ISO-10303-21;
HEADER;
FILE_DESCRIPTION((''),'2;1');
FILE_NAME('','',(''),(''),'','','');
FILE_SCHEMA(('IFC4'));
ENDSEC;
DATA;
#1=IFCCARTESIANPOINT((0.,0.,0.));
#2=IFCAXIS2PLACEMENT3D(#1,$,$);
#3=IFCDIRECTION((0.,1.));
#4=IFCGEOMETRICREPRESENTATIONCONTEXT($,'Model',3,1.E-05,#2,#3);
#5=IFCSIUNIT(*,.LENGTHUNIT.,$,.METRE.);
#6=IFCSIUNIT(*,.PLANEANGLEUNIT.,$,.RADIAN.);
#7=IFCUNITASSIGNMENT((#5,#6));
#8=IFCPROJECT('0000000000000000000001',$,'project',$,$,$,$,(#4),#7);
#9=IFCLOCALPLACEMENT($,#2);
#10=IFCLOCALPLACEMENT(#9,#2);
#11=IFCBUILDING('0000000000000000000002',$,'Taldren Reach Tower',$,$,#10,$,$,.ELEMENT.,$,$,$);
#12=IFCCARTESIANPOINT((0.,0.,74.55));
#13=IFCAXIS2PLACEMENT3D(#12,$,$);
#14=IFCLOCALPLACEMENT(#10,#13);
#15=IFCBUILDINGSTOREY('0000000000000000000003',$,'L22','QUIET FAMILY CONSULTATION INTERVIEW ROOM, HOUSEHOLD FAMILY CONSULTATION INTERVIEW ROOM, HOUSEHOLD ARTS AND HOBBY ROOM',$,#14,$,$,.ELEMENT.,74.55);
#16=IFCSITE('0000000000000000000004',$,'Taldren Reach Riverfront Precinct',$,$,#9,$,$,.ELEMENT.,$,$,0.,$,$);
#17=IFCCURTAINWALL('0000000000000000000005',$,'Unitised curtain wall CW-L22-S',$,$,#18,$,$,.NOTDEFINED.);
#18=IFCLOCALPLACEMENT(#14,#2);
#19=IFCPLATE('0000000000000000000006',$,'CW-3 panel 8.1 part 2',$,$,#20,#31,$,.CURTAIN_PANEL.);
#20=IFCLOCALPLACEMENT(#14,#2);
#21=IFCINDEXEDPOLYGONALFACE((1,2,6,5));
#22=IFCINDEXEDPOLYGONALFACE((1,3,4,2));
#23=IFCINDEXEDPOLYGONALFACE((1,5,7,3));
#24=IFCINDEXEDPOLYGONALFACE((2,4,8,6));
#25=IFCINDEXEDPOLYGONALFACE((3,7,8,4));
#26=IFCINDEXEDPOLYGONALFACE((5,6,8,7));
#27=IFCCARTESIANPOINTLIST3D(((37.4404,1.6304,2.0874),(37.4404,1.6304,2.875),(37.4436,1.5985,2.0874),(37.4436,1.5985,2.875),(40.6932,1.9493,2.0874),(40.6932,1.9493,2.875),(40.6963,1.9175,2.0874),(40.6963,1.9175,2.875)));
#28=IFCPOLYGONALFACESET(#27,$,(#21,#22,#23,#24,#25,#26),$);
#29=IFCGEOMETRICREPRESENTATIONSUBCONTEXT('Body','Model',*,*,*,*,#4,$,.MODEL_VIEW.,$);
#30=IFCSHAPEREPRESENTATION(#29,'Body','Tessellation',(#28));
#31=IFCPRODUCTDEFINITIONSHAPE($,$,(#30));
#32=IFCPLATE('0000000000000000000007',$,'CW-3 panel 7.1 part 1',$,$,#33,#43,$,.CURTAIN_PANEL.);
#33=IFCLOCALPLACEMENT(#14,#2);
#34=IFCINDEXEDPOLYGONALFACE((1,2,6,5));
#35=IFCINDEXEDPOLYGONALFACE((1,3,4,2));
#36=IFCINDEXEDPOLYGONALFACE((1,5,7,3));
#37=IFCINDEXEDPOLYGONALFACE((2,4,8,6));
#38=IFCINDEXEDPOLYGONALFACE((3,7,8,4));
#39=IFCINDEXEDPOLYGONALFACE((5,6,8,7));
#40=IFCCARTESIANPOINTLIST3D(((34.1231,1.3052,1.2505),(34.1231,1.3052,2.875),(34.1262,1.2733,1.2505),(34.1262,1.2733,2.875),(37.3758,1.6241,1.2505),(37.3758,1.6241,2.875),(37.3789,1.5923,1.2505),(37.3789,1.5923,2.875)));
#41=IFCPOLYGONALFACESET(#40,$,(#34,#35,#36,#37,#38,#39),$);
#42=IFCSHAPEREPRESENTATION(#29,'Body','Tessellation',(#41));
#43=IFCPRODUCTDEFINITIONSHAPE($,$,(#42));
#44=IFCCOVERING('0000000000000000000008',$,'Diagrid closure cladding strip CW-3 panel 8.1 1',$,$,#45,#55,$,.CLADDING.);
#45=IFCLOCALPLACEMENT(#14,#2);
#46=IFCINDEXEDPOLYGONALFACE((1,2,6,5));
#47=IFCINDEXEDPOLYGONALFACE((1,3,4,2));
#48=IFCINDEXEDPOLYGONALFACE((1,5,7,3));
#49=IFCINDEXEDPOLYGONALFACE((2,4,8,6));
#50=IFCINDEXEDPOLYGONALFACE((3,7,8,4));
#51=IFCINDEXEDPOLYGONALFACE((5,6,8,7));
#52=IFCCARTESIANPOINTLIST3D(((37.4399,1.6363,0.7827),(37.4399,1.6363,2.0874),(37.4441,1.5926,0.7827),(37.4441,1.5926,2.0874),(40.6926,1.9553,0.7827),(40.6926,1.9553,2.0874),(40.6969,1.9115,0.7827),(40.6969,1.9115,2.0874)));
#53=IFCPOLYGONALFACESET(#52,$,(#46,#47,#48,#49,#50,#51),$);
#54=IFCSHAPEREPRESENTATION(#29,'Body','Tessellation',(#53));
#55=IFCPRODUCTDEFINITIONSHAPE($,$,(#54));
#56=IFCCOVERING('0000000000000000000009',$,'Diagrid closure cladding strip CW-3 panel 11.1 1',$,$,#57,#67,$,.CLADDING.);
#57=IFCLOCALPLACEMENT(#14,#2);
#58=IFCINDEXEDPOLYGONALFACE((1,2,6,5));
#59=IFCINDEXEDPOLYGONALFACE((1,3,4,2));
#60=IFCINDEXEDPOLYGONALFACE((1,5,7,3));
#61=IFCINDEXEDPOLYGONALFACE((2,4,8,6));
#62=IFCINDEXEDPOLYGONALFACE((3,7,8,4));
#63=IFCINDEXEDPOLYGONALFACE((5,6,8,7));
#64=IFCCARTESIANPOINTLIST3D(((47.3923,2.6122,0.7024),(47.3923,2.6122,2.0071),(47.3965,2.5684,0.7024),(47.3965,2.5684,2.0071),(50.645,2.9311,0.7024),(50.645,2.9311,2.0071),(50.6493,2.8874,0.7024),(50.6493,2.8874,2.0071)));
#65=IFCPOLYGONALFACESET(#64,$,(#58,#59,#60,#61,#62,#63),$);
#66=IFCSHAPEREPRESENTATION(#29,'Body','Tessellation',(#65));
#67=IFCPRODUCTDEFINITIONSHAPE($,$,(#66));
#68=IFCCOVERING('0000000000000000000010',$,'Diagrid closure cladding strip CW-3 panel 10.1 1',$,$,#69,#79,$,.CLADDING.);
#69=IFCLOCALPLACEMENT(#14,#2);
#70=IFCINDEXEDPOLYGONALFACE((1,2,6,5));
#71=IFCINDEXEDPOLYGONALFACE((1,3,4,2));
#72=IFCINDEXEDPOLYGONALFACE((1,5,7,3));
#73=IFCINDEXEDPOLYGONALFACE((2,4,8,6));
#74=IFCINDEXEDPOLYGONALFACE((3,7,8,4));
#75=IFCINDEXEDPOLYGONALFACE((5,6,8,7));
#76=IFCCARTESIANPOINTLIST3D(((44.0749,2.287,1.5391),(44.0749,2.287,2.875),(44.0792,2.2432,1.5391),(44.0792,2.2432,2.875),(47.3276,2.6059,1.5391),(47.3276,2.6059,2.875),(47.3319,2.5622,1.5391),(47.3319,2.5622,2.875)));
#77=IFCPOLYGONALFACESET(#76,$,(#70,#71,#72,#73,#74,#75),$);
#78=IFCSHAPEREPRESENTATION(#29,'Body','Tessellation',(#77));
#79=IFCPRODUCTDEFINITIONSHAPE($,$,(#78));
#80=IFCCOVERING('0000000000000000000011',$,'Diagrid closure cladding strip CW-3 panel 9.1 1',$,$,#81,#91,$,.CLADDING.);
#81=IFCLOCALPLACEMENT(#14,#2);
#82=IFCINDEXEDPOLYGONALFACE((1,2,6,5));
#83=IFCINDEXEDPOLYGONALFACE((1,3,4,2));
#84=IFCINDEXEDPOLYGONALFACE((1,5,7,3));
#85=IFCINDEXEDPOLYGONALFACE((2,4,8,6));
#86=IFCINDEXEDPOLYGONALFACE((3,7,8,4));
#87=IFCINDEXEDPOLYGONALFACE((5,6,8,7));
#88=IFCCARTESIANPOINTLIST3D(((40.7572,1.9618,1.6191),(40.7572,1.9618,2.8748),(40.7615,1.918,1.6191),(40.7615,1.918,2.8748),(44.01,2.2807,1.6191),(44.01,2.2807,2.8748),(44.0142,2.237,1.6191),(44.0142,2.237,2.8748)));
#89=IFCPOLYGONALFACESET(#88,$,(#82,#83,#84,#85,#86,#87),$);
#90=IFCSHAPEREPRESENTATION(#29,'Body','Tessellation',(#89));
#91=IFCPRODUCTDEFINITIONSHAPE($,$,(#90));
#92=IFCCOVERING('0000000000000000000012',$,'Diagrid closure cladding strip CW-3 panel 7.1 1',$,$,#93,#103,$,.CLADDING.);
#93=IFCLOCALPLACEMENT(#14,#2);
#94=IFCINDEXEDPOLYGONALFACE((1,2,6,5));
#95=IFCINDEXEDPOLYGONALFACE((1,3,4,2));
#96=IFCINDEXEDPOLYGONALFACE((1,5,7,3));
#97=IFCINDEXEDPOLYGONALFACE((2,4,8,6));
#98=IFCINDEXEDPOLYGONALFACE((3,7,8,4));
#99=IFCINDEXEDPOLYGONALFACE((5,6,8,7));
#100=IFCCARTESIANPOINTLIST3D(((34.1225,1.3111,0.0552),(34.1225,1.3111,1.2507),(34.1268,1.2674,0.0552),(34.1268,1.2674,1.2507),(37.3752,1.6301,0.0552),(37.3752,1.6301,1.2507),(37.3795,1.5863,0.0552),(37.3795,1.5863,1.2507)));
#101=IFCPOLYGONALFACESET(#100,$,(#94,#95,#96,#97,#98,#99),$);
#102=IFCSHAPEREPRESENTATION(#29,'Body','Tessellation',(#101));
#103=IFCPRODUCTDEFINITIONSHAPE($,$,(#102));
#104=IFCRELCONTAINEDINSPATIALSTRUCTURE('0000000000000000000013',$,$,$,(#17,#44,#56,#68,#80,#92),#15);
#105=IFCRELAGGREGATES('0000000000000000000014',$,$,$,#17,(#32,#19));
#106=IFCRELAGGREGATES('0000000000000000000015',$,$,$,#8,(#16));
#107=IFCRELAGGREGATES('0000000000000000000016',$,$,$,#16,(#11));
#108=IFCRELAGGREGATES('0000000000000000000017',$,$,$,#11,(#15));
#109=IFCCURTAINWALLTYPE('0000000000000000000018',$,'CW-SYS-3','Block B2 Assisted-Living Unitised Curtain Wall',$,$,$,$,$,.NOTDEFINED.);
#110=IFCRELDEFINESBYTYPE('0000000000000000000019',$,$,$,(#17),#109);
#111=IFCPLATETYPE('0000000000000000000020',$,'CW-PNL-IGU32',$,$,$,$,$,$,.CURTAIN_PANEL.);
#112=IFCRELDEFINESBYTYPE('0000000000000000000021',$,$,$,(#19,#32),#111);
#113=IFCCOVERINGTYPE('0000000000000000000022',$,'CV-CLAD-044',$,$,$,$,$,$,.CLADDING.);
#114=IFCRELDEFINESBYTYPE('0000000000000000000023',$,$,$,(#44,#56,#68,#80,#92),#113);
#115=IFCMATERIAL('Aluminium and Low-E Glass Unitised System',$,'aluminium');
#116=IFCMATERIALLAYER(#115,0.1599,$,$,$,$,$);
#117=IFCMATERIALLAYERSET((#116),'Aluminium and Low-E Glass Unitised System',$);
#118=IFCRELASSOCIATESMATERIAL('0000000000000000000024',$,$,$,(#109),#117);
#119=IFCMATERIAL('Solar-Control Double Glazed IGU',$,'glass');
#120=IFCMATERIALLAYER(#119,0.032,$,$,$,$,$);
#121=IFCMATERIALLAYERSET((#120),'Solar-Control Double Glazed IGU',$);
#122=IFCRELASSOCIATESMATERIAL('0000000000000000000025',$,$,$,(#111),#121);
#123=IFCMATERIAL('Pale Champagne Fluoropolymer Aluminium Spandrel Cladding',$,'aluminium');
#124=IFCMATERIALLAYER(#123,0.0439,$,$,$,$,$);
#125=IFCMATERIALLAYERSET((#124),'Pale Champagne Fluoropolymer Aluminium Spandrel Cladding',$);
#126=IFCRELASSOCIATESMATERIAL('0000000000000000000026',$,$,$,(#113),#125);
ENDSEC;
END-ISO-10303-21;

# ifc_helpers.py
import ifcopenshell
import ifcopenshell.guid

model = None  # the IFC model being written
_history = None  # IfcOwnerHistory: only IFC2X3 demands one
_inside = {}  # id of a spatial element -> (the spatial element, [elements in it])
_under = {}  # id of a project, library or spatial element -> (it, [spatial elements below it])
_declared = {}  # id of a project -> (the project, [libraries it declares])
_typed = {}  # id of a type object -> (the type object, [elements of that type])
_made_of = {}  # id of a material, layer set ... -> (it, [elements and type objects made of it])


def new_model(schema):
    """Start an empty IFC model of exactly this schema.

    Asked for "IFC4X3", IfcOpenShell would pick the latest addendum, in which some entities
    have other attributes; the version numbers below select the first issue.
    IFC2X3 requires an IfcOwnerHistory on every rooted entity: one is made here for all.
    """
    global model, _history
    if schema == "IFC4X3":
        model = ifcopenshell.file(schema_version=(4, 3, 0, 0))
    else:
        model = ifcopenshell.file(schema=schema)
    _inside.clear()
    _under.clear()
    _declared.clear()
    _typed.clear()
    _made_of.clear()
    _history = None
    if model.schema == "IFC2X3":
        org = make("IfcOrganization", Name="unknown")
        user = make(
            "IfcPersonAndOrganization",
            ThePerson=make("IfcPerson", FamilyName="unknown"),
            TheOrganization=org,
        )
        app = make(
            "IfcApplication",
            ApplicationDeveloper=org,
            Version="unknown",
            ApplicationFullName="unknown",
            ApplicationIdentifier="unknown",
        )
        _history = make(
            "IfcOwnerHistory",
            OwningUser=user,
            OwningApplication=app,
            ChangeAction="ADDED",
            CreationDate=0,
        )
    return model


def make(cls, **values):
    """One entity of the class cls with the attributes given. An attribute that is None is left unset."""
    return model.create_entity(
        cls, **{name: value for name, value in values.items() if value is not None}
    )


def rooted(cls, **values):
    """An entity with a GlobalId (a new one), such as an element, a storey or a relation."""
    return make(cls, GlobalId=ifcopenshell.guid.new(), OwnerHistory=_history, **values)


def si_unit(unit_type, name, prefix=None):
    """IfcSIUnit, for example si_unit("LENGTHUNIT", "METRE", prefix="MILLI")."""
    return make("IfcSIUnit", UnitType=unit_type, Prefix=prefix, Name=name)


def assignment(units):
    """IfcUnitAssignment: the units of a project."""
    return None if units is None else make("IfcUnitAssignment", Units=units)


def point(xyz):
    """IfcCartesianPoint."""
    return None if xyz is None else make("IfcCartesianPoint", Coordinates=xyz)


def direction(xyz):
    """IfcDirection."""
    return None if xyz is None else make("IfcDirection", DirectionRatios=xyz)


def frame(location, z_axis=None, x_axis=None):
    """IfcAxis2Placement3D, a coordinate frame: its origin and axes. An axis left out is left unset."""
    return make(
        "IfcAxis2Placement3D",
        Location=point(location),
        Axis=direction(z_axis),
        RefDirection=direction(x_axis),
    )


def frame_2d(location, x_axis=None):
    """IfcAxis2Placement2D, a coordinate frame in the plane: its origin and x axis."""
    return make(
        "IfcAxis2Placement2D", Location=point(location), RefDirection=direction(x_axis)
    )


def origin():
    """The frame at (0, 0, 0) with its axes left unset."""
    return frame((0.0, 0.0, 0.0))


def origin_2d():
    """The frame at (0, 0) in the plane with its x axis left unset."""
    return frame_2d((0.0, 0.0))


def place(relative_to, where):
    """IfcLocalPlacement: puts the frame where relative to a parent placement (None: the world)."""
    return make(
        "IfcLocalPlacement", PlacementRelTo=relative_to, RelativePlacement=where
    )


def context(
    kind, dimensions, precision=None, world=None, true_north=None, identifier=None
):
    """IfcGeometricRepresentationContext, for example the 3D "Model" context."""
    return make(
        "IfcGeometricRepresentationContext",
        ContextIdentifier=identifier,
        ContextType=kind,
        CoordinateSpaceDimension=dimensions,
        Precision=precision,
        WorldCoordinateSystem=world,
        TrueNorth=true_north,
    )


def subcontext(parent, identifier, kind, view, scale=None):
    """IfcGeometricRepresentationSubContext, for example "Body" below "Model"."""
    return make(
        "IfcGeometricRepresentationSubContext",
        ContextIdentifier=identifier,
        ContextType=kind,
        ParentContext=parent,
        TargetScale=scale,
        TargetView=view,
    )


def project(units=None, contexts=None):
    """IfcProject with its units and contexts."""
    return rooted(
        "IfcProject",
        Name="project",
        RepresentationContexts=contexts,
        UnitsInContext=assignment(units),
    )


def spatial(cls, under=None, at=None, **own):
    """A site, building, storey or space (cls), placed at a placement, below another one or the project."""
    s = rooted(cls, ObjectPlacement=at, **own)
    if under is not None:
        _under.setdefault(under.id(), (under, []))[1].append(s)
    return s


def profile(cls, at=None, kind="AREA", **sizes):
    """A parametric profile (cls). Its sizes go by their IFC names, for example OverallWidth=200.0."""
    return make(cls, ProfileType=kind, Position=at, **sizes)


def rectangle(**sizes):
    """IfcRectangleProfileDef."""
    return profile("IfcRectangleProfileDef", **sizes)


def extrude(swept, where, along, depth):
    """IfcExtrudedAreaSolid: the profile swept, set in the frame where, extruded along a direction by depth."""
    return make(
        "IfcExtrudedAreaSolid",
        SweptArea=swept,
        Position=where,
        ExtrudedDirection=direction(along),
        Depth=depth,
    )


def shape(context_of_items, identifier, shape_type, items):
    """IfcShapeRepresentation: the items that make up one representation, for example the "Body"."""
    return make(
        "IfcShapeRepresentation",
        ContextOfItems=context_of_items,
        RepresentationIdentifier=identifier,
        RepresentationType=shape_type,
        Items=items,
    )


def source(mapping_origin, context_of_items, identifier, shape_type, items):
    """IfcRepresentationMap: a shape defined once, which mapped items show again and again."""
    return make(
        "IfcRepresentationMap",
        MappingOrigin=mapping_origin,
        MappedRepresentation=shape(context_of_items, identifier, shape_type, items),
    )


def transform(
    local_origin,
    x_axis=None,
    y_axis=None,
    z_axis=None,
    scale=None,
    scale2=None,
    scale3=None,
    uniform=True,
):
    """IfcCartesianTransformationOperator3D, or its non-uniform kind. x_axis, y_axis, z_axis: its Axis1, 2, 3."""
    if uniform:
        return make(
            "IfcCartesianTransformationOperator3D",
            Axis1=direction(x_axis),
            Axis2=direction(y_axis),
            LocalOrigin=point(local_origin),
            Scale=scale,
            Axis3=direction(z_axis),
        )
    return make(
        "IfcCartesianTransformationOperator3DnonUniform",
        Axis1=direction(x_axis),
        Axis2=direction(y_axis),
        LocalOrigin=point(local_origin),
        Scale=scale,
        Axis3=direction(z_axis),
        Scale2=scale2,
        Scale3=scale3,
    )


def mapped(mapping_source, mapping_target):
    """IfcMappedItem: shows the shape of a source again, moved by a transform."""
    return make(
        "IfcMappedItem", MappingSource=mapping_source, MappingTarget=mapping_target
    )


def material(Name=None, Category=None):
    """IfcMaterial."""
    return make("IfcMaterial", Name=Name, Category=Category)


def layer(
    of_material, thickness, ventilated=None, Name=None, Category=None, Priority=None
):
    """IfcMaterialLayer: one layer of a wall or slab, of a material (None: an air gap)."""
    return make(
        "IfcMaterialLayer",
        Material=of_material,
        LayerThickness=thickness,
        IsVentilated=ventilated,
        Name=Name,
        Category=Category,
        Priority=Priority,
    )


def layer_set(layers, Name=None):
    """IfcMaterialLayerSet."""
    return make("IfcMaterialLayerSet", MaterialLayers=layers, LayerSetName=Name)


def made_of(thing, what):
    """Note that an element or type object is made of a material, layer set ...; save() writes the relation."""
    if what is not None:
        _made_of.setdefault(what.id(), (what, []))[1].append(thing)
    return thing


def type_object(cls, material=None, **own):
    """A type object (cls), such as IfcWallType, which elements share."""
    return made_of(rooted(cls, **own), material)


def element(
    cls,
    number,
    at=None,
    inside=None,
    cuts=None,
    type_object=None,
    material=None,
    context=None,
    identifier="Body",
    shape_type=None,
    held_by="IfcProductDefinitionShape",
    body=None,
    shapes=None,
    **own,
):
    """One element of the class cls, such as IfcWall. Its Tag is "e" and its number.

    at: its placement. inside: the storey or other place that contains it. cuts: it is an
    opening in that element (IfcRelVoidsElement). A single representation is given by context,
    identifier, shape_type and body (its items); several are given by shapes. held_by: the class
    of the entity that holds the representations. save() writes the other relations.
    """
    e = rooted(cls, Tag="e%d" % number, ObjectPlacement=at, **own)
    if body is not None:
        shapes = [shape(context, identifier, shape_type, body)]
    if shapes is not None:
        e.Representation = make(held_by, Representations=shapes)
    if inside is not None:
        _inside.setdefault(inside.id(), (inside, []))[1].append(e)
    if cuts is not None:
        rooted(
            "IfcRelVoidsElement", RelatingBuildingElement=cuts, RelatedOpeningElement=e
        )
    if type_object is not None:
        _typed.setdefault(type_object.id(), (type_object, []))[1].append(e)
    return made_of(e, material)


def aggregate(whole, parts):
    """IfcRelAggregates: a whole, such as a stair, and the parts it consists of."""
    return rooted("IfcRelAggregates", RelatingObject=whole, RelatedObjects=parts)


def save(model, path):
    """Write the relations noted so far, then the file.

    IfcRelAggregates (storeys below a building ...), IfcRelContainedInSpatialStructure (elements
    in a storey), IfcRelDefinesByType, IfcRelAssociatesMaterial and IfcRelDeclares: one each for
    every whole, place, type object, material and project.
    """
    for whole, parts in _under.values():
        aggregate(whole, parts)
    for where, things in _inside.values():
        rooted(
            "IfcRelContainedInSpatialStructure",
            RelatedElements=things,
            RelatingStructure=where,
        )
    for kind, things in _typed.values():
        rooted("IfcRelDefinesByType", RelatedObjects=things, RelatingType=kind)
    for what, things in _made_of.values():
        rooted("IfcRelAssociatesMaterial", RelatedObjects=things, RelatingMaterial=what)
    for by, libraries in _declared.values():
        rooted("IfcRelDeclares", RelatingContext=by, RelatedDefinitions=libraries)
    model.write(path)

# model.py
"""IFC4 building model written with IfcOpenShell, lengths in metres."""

from ifc_helpers import new_model, si_unit, direction, frame, origin, origin_2d, place, context, subcontext, project, spatial, rectangle, extrude, source, transform, mapped, material, layer, layer_set, type_object, element, aggregate, save


model = new_model("IFC4")

# Units and contexts
model_context = context("Model", 3, precision=1e-05, world=origin(), true_north=direction((0.0, 1.0)))
body_context = subcontext(model_context, "Body", "Model", "MODEL_VIEW")
ifc_project = project(units=[si_unit("LENGTHUNIT", "METRE"), si_unit("PLANEANGLEUNIT", "RADIAN")], contexts=[model_context])

# Site, building, storey
site_placement = place(None, origin())
site = spatial("IfcSite", under=ifc_project, at=site_placement, Name="Taldren Reach Riverfront Precinct", CompositionType="ELEMENT", RefElevation=0.0)
building_placement = place(site_placement, origin())
building = spatial("IfcBuilding", under=site, at=building_placement, Name="Taldren Reach Tower", CompositionType="ELEMENT")
storey_placement = place(building_placement, frame((0.0, 0.0, 74.55)))
storey = spatial("IfcBuildingStorey", under=building, at=storey_placement, Name="L22", Description="QUIET FAMILY CONSULTATION INTERVIEW ROOM, HOUSEHOLD FAMILY CONSULTATION INTERVIEW ROOM, HOUSEHOLD ARTS AND HOBBY ROOM", CompositionType="ELEMENT", Elevation=74.55)

# Curtain wall
ifc_material_1 = material(Name="Aluminium and Low-E Glass Unitised System", Category="aluminium")
ifc_layer_1 = layer(ifc_material_1, 0.1599)
ifc_layer_set_1 = layer_set([ifc_layer_1], Name="Aluminium and Low-E Glass Unitised System")
curtain_wall_type = type_object("IfcCurtainWallType", Name="CW-SYS-3", Description="Block B2 Assisted-Living Unitised Curtain Wall", PredefinedType="NOTDEFINED", material=ifc_layer_set_1)
curtain_wall_placement = place(storey_placement, origin())
curtain_wall = element("IfcCurtainWall", 1, at=curtain_wall_placement, inside=storey, type_object=curtain_wall_type, Name="Unitised curtain wall CW-L22-S", PredefinedType="NOTDEFINED")

# Plates
ifc_material_2 = material(Name="Solar-Control Double Glazed IGU", Category="glass")
ifc_layer_2 = layer(ifc_material_2, 0.032)
ifc_layer_set_2 = layer_set([ifc_layer_2], Name="Solar-Control Double Glazed IGU")
plate_type_1 = type_object("IfcPlateType", Name="CW-PNL-IGU32", PredefinedType="CURTAIN_PANEL", material=ifc_layer_set_2)
shared_shape_1 = source(origin(), body_context, "Body", "SweptSolid", [
    extrude(rectangle(XDim=3.2683, YDim=0.032, at=origin_2d()), origin(), (0.0, 0.0, 1.0), 0.7876),
])
plate_1_placement = place(storey_placement, frame((39.0684, 1.7739, 2.0874), z_axis=(0.0, 0.0, 1.0), x_axis=(0.995227, 0.097583, 0.0)))
plate_1 = element("IfcPlate", 2, at=plate_1_placement, type_object=plate_type_1, Name="CW-3 panel 8.1 part 2", PredefinedType="CURTAIN_PANEL", context=body_context, shape_type="MappedRepresentation", body=[
    mapped(shared_shape_1, transform((0.0, 0.0, 0.0), scale=1.0)),
])
shared_shape_2 = source(origin(), body_context, "Body", "SweptSolid", [
    extrude(rectangle(XDim=3.2683, YDim=0.032, at=origin_2d()), origin(), (0.0, 0.0, 1.0), 1.6245),
])
plate_2_placement = place(storey_placement, frame((35.751, 1.4487, 1.2505), z_axis=(0.0, 0.0, 1.0), x_axis=(0.995227, 0.097583, 0.0)))
plate_2 = element("IfcPlate", 3, at=plate_2_placement, type_object=plate_type_1, Name="CW-3 panel 7.1 part 1", PredefinedType="CURTAIN_PANEL", context=body_context, shape_type="MappedRepresentation", body=[
    mapped(shared_shape_2, transform((0.0, 0.0, 0.0), scale=1.0)),
])
aggregate(curtain_wall, [plate_2, plate_1])

# Coverings
ifc_material_3 = material(Name="Pale Champagne Fluoropolymer Aluminium Spandrel Cladding", Category="aluminium")
ifc_layer_3 = layer(ifc_material_3, 0.0439)
ifc_layer_set_3 = layer_set([ifc_layer_3], Name="Pale Champagne Fluoropolymer Aluminium Spandrel Cladding")
covering_type = type_object("IfcCoveringType", Name="CV-CLAD-044", PredefinedType="CLADDING", material=ifc_layer_set_3)
shared_shape_3 = source(origin(), body_context, "Body", "SweptSolid", [
    extrude(rectangle(XDim=3.2683, YDim=0.0439, at=origin_2d()), origin(), (0.0, 0.0, 1.0), 1.3047),
])
for number, where, z_axis, x_axis, name in (
    (4, (39.0684, 1.7739, 0.7827), (0.0, 0.0, 1.0), (0.995227, 0.097583, 0.0), "Diagrid closure cladding strip CW-3 panel 8.1 1"),
    (5, (49.0208, 2.7498, 0.7024), (0.0, 0.0, 1.0), (0.995227, 0.097583, 0.0), "Diagrid closure cladding strip CW-3 panel 11.1 1"),
):
    element("IfcCovering", number, at=place(storey_placement, frame(where, z_axis=z_axis, x_axis=x_axis)), inside=storey, type_object=covering_type, Name=name, PredefinedType="CLADDING", context=body_context, shape_type="MappedRepresentation", body=[
        mapped(shared_shape_3, transform((0.0, 0.0, 0.0), scale=1.0)),
    ])
shared_shape_4 = source(origin(), body_context, "Body", "SweptSolid", [
    extrude(rectangle(XDim=3.2683, YDim=0.0439, at=origin_2d()), origin(), (0.0, 0.0, 1.0), 1.3359),
])
covering_1_placement = place(storey_placement, frame((45.7034, 2.4246, 1.5391), z_axis=(0.0, 0.0, 1.0), x_axis=(0.995227, 0.097583, 0.0)))
element("IfcCovering", 6, at=covering_1_placement, inside=storey, type_object=covering_type, Name="Diagrid closure cladding strip CW-3 panel 10.1 1", PredefinedType="CLADDING", context=body_context, shape_type="MappedRepresentation", body=[
    mapped(shared_shape_4, transform((0.0, 0.0, 0.0), scale=1.0)),
])
shared_shape_5 = source(origin(), body_context, "Body", "SweptSolid", [
    extrude(rectangle(XDim=3.2683, YDim=0.0439, at=origin_2d()), origin(), (0.0, 0.0, 1.0), 1.2556),
])
covering_2_placement = place(storey_placement, frame((42.3857, 2.0994, 1.6191), z_axis=(0.0, 0.0, 1.0), x_axis=(0.995227, 0.097583, 0.0)))
element("IfcCovering", 7, at=covering_2_placement, inside=storey, type_object=covering_type, Name="Diagrid closure cladding strip CW-3 panel 9.1 1", PredefinedType="CLADDING", context=body_context, shape_type="MappedRepresentation", body=[
    mapped(shared_shape_5, transform((0.0, 0.0, 0.0), scale=1.0)),
])
shared_shape_6 = source(origin(), body_context, "Body", "SweptSolid", [
    extrude(rectangle(XDim=3.2683, YDim=0.0439, at=origin_2d()), origin(), (0.0, 0.0, 1.0), 1.1956),
])
covering_3_placement = place(storey_placement, frame((35.751, 1.4487, 0.0552), z_axis=(0.0, 0.0, 1.0), x_axis=(0.995227, 0.097583, 0.0)))
element("IfcCovering", 8, at=covering_3_placement, inside=storey, type_object=covering_type, Name="Diagrid closure cladding strip CW-3 panel 7.1 1", PredefinedType="CLADDING", context=body_context, shape_type="MappedRepresentation", body=[
    mapped(shared_shape_6, transform((0.0, 0.0, 0.0), scale=1.0)),
])

save(model, "model.ifc")
